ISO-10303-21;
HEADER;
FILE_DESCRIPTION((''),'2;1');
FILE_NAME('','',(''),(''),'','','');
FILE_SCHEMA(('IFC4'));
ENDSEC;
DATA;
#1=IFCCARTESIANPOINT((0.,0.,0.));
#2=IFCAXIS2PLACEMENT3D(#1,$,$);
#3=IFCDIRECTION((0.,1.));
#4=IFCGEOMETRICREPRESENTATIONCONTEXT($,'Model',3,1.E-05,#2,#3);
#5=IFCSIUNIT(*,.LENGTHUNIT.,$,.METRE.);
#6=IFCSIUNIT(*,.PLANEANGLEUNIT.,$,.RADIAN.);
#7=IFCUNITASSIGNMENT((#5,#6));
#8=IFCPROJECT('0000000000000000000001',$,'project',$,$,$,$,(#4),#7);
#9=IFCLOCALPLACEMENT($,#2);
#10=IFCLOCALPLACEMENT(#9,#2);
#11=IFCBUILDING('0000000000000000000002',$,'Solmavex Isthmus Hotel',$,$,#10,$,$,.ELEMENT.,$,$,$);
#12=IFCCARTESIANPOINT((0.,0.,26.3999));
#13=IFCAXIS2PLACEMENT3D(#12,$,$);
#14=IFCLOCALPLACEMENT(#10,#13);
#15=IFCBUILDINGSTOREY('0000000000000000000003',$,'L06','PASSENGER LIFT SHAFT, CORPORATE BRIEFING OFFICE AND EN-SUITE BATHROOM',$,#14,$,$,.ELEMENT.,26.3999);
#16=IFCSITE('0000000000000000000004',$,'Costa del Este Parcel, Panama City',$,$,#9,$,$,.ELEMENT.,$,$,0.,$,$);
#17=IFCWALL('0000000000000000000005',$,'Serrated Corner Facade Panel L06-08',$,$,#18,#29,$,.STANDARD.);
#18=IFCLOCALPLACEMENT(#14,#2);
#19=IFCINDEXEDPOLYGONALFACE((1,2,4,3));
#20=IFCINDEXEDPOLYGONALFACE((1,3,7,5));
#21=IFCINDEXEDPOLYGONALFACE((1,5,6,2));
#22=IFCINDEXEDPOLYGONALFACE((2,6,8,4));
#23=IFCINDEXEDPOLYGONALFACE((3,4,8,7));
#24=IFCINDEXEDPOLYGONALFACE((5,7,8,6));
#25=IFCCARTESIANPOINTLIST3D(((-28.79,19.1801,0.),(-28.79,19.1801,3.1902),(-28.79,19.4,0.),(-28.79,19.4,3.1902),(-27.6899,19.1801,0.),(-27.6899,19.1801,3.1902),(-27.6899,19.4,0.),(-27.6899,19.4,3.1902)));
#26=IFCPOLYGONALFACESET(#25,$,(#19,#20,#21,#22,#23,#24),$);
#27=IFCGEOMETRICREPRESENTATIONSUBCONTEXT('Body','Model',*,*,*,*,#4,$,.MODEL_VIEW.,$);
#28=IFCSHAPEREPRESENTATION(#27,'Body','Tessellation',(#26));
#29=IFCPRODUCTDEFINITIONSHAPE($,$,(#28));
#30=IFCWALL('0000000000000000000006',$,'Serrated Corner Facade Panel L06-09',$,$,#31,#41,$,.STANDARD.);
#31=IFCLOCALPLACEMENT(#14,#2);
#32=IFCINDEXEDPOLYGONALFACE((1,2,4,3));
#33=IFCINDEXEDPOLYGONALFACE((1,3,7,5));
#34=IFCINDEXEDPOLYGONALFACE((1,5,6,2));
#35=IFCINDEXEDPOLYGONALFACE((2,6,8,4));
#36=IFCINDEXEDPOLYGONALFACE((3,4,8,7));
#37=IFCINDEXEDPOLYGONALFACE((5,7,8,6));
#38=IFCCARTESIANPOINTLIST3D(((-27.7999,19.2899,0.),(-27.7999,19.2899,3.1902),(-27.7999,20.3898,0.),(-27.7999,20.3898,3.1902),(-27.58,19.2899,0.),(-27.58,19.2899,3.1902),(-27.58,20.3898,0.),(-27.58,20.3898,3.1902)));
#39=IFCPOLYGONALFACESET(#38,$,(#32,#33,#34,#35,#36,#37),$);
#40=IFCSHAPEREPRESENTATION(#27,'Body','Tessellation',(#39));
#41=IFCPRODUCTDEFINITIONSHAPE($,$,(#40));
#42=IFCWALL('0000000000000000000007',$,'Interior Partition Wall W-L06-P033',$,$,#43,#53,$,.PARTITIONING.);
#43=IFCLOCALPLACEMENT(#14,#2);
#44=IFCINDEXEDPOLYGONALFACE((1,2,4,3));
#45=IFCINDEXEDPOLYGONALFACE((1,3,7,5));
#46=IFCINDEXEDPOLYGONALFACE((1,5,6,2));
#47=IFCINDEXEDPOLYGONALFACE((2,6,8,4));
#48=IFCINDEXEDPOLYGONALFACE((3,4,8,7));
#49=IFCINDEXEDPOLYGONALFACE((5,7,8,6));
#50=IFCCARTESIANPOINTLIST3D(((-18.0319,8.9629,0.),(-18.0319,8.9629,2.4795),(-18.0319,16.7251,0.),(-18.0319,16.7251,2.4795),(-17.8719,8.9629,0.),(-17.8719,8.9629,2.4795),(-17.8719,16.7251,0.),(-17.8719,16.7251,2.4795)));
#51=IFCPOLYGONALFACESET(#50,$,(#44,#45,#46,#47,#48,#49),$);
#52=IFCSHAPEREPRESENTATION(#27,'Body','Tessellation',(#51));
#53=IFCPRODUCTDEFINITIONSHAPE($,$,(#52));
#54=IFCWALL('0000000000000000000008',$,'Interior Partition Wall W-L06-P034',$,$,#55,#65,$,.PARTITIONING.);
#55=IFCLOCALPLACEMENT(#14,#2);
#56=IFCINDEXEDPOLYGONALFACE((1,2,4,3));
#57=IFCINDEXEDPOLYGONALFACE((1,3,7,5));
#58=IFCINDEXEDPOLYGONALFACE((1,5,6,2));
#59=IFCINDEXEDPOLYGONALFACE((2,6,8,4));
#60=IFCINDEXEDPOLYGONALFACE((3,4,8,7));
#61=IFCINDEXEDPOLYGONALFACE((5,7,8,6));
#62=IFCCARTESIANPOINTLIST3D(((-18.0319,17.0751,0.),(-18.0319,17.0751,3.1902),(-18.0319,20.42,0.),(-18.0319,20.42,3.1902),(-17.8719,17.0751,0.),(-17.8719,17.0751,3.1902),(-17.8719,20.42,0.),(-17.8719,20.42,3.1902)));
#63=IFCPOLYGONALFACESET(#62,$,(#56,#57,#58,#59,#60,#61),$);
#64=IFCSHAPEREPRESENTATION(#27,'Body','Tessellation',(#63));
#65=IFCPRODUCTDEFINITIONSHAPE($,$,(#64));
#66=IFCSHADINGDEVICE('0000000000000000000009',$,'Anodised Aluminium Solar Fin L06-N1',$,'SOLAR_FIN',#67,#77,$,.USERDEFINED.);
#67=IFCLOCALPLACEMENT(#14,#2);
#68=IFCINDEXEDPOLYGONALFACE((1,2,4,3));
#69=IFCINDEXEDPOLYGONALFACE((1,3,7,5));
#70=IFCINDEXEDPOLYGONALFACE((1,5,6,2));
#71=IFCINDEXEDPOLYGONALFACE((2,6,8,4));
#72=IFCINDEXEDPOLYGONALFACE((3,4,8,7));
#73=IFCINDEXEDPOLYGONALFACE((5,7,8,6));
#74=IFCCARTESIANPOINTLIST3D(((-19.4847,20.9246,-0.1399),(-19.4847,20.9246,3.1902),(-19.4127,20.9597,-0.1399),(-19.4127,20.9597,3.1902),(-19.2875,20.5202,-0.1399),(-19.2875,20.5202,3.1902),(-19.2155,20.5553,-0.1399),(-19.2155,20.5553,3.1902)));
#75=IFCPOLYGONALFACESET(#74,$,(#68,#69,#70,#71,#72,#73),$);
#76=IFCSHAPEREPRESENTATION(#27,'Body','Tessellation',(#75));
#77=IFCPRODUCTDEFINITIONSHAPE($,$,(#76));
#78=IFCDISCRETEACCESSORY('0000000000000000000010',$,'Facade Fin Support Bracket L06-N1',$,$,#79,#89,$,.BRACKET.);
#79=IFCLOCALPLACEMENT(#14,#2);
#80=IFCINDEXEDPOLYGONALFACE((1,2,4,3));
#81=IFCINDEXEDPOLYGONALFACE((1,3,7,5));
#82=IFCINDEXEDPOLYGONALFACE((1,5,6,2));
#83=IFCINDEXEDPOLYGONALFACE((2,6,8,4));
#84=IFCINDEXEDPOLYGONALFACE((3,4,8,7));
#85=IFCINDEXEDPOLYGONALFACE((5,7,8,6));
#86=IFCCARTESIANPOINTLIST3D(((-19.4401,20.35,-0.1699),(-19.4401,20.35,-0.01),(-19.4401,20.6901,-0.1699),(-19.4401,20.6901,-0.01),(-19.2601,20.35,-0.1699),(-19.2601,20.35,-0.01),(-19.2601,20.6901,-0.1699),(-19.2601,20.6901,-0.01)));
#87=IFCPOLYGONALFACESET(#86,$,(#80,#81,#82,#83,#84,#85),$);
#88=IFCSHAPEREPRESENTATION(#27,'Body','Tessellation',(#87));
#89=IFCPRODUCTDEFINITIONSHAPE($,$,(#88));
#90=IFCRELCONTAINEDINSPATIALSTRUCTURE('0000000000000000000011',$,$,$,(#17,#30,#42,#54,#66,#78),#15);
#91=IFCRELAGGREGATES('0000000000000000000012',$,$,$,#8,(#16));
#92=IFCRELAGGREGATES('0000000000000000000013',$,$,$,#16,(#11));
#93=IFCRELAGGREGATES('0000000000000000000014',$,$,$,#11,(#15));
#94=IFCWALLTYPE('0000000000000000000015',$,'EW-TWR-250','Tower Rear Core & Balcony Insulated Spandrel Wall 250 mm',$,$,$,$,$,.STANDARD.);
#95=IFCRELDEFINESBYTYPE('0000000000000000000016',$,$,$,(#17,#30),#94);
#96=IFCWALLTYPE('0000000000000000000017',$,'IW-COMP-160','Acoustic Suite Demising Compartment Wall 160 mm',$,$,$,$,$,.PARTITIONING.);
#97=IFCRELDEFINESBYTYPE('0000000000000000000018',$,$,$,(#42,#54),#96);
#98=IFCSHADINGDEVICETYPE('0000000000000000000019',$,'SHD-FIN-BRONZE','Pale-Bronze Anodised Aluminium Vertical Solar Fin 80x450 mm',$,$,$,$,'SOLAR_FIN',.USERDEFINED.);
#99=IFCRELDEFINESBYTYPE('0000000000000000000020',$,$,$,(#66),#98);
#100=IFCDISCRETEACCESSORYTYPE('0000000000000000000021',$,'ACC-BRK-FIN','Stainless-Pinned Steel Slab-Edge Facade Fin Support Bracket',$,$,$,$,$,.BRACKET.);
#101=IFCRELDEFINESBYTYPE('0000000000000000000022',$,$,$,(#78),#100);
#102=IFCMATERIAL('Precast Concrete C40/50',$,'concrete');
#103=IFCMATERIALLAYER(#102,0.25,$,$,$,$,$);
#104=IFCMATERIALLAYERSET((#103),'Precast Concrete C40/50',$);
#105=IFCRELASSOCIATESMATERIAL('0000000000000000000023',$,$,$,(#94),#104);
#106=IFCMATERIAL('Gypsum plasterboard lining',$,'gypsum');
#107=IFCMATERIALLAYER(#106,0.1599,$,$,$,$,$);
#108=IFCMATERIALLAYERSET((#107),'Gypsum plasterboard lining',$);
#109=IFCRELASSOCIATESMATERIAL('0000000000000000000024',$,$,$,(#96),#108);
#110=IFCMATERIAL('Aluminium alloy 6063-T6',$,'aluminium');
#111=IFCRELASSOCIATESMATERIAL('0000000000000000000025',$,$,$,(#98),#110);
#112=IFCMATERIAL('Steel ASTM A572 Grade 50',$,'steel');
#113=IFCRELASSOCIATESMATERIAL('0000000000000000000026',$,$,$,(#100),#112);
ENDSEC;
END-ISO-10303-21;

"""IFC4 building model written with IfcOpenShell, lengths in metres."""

from ifc_helpers import new_model, si_unit, direction, frame, frame_2d, origin, origin_2d, place, context, subcontext, project, spatial, rectangle, extrude, material, layer, layer_set, type_object, element, save


model = new_model("IFC4")

# Units and contexts
model_context = context("Model", 3, precision=1e-05, world=origin(), true_north=direction((0.0, 1.0)))
body_context = subcontext(model_context, "Body", "Model", "MODEL_VIEW")
ifc_project = project(units=[si_unit("LENGTHUNIT", "METRE"), si_unit("PLANEANGLEUNIT", "RADIAN")], contexts=[model_context])

# Site, building, storey
site_placement = place(None, origin())
site = spatial("IfcSite", under=ifc_project, at=site_placement, Name="Costa del Este Parcel, Panama City", CompositionType="ELEMENT", RefElevation=0.0)
building_placement = place(site_placement, origin())
building = spatial("IfcBuilding", under=site, at=building_placement, Name="Solmavex Isthmus Hotel", CompositionType="ELEMENT")
storey_placement = place(building_placement, frame((0.0, 0.0, 26.3999)))
storey = spatial("IfcBuildingStorey", under=building, at=storey_placement, Name="L06", Description="PASSENGER LIFT SHAFT, CORPORATE BRIEFING OFFICE AND EN-SUITE BATHROOM", CompositionType="ELEMENT", Elevation=26.3999)

# Shared definitions
ifc_material_1 = material(Name="Steel ASTM A572 Grade 50", Category="steel")

# Shared definitions
ifc_material_2 = material(Name="Aluminium alloy 6063-T6", Category="aluminium")

# Walls
ifc_material_3 = material(Name="Precast Concrete C40/50", Category="concrete")
ifc_layer_1 = layer(ifc_material_3, 0.25)
ifc_layer_set_1 = layer_set([ifc_layer_1], Name="Precast Concrete C40/50")
wall_type_1 = type_object("IfcWallType", Name="EW-TWR-250", Description="Tower Rear Core & Balcony Insulated Spandrel Wall 250 mm", PredefinedType="STANDARD", material=ifc_layer_set_1)
for number, where, z_axis, x_axis, name in (
    (1, (-28.79, 19.29, 0.0), (0.0, 0.0, 1.0), (1.0, 0.0, 0.0), "Serrated Corner Facade Panel L06-08"),
):
    element("IfcWall", number, at=place(storey_placement, frame(where, z_axis=z_axis, x_axis=x_axis)), inside=storey, type_object=wall_type_1, Name=name, PredefinedType="STANDARD", context=body_context, shape_type="SweptSolid", body=[
        extrude(rectangle(XDim=1.1001, YDim=0.22, at=frame_2d((0.55, 0.0))), origin(), (0.0, 0.0, 1.0), 3.1902),
    ])
wall_1_placement = place(storey_placement, frame((-27.6899, 19.29, 0.0), z_axis=(0.0, 0.0, 1.0), x_axis=(0.0, 1.0, 0.0)))
element("IfcWall", 2, at=wall_1_placement, inside=storey, type_object=wall_type_1, Name="Serrated Corner Facade Panel L06-09", PredefinedType="STANDARD", context=body_context, shape_type="SweptSolid", body=[
    extrude(rectangle(XDim=1.0999, YDim=0.22, at=frame_2d((0.5498, 0.0))), origin(), (0.0, 0.0, 1.0), 3.1902),
])
ifc_material_4 = material(Name="Gypsum plasterboard lining", Category="gypsum")
ifc_layer_2 = layer(ifc_material_4, 0.1599)
ifc_layer_set_2 = layer_set([ifc_layer_2], Name="Gypsum plasterboard lining")
wall_type_2 = type_object("IfcWallType", Name="IW-COMP-160", Description="Acoustic Suite Demising Compartment Wall 160 mm", PredefinedType="PARTITIONING", material=ifc_layer_set_2)
wall_2_placement = place(storey_placement, frame((-17.9519, 16.7251, 0.0), z_axis=(0.0, 0.0, 1.0), x_axis=(0.0, -1.0, 0.0)))
element("IfcWall", 3, at=wall_2_placement, inside=storey, type_object=wall_type_2, Name="Interior Partition Wall W-L06-P033", PredefinedType="PARTITIONING", context=body_context, shape_type="SweptSolid", body=[
    extrude(rectangle(XDim=7.7622, YDim=0.1599, at=frame_2d((3.8811, 0.0))), origin(), (0.0, 0.0, 1.0), 2.4795),
])
wall_3_placement = place(storey_placement, frame((-17.9519, 20.4199, 0.0), z_axis=(0.0, 0.0, 1.0), x_axis=(0.0, -1.0, 0.0)))
element("IfcWall", 4, at=wall_3_placement, inside=storey, type_object=wall_type_2, Name="Interior Partition Wall W-L06-P034", PredefinedType="PARTITIONING", context=body_context, shape_type="SweptSolid", body=[
    extrude(rectangle(XDim=3.345, YDim=0.1599, at=frame_2d((1.6724, 0.0))), origin(), (0.0, 0.0, 1.0), 3.1902),
])

# Shading device
shading_device_type = type_object("IfcShadingDeviceType", Name="SHD-FIN-BRONZE", Description="Pale-Bronze Anodised Aluminium Vertical Solar Fin 80x450 mm", ElementType="SOLAR_FIN", PredefinedType="USERDEFINED", material=ifc_material_2)
shading_device_placement = place(storey_placement, frame((-19.3501, 20.74, -0.1399), z_axis=(0.0, 0.0, 1.0), x_axis=(-0.438371, 0.898794, 0.0)))
element("IfcShadingDevice", 5, at=shading_device_placement, inside=storey, type_object=shading_device_type, Name="Anodised Aluminium Solar Fin L06-N1", ObjectType="SOLAR_FIN", PredefinedType="USERDEFINED", context=body_context, shape_type="SweptSolid", body=[
    extrude(rectangle(XDim=0.45, YDim=0.0801, at=origin_2d()), origin(), (0.0, 0.0, 1.0), 3.3301),
])

# Discrete accessory
discrete_accessory_type = type_object("IfcDiscreteAccessoryType", Name="ACC-BRK-FIN", Description="Stainless-Pinned Steel Slab-Edge Facade Fin Support Bracket", PredefinedType="BRACKET", material=ifc_material_1)
discrete_accessory_placement = place(storey_placement, frame((-19.3501, 20.52, -0.1699), z_axis=(0.0, 0.0, 1.0), x_axis=(0.0, 1.0, 0.0)))
element("IfcDiscreteAccessory", 6, at=discrete_accessory_placement, inside=storey, type_object=discrete_accessory_type, Name="Facade Fin Support Bracket L06-N1", PredefinedType="BRACKET", context=body_context, shape_type="SweptSolid", body=[
    extrude(rectangle(XDim=0.3401, YDim=0.1799, at=origin_2d()), origin(), (0.0, 0.0, 1.0), 0.1599),
])

save(model, "model.ifc")
